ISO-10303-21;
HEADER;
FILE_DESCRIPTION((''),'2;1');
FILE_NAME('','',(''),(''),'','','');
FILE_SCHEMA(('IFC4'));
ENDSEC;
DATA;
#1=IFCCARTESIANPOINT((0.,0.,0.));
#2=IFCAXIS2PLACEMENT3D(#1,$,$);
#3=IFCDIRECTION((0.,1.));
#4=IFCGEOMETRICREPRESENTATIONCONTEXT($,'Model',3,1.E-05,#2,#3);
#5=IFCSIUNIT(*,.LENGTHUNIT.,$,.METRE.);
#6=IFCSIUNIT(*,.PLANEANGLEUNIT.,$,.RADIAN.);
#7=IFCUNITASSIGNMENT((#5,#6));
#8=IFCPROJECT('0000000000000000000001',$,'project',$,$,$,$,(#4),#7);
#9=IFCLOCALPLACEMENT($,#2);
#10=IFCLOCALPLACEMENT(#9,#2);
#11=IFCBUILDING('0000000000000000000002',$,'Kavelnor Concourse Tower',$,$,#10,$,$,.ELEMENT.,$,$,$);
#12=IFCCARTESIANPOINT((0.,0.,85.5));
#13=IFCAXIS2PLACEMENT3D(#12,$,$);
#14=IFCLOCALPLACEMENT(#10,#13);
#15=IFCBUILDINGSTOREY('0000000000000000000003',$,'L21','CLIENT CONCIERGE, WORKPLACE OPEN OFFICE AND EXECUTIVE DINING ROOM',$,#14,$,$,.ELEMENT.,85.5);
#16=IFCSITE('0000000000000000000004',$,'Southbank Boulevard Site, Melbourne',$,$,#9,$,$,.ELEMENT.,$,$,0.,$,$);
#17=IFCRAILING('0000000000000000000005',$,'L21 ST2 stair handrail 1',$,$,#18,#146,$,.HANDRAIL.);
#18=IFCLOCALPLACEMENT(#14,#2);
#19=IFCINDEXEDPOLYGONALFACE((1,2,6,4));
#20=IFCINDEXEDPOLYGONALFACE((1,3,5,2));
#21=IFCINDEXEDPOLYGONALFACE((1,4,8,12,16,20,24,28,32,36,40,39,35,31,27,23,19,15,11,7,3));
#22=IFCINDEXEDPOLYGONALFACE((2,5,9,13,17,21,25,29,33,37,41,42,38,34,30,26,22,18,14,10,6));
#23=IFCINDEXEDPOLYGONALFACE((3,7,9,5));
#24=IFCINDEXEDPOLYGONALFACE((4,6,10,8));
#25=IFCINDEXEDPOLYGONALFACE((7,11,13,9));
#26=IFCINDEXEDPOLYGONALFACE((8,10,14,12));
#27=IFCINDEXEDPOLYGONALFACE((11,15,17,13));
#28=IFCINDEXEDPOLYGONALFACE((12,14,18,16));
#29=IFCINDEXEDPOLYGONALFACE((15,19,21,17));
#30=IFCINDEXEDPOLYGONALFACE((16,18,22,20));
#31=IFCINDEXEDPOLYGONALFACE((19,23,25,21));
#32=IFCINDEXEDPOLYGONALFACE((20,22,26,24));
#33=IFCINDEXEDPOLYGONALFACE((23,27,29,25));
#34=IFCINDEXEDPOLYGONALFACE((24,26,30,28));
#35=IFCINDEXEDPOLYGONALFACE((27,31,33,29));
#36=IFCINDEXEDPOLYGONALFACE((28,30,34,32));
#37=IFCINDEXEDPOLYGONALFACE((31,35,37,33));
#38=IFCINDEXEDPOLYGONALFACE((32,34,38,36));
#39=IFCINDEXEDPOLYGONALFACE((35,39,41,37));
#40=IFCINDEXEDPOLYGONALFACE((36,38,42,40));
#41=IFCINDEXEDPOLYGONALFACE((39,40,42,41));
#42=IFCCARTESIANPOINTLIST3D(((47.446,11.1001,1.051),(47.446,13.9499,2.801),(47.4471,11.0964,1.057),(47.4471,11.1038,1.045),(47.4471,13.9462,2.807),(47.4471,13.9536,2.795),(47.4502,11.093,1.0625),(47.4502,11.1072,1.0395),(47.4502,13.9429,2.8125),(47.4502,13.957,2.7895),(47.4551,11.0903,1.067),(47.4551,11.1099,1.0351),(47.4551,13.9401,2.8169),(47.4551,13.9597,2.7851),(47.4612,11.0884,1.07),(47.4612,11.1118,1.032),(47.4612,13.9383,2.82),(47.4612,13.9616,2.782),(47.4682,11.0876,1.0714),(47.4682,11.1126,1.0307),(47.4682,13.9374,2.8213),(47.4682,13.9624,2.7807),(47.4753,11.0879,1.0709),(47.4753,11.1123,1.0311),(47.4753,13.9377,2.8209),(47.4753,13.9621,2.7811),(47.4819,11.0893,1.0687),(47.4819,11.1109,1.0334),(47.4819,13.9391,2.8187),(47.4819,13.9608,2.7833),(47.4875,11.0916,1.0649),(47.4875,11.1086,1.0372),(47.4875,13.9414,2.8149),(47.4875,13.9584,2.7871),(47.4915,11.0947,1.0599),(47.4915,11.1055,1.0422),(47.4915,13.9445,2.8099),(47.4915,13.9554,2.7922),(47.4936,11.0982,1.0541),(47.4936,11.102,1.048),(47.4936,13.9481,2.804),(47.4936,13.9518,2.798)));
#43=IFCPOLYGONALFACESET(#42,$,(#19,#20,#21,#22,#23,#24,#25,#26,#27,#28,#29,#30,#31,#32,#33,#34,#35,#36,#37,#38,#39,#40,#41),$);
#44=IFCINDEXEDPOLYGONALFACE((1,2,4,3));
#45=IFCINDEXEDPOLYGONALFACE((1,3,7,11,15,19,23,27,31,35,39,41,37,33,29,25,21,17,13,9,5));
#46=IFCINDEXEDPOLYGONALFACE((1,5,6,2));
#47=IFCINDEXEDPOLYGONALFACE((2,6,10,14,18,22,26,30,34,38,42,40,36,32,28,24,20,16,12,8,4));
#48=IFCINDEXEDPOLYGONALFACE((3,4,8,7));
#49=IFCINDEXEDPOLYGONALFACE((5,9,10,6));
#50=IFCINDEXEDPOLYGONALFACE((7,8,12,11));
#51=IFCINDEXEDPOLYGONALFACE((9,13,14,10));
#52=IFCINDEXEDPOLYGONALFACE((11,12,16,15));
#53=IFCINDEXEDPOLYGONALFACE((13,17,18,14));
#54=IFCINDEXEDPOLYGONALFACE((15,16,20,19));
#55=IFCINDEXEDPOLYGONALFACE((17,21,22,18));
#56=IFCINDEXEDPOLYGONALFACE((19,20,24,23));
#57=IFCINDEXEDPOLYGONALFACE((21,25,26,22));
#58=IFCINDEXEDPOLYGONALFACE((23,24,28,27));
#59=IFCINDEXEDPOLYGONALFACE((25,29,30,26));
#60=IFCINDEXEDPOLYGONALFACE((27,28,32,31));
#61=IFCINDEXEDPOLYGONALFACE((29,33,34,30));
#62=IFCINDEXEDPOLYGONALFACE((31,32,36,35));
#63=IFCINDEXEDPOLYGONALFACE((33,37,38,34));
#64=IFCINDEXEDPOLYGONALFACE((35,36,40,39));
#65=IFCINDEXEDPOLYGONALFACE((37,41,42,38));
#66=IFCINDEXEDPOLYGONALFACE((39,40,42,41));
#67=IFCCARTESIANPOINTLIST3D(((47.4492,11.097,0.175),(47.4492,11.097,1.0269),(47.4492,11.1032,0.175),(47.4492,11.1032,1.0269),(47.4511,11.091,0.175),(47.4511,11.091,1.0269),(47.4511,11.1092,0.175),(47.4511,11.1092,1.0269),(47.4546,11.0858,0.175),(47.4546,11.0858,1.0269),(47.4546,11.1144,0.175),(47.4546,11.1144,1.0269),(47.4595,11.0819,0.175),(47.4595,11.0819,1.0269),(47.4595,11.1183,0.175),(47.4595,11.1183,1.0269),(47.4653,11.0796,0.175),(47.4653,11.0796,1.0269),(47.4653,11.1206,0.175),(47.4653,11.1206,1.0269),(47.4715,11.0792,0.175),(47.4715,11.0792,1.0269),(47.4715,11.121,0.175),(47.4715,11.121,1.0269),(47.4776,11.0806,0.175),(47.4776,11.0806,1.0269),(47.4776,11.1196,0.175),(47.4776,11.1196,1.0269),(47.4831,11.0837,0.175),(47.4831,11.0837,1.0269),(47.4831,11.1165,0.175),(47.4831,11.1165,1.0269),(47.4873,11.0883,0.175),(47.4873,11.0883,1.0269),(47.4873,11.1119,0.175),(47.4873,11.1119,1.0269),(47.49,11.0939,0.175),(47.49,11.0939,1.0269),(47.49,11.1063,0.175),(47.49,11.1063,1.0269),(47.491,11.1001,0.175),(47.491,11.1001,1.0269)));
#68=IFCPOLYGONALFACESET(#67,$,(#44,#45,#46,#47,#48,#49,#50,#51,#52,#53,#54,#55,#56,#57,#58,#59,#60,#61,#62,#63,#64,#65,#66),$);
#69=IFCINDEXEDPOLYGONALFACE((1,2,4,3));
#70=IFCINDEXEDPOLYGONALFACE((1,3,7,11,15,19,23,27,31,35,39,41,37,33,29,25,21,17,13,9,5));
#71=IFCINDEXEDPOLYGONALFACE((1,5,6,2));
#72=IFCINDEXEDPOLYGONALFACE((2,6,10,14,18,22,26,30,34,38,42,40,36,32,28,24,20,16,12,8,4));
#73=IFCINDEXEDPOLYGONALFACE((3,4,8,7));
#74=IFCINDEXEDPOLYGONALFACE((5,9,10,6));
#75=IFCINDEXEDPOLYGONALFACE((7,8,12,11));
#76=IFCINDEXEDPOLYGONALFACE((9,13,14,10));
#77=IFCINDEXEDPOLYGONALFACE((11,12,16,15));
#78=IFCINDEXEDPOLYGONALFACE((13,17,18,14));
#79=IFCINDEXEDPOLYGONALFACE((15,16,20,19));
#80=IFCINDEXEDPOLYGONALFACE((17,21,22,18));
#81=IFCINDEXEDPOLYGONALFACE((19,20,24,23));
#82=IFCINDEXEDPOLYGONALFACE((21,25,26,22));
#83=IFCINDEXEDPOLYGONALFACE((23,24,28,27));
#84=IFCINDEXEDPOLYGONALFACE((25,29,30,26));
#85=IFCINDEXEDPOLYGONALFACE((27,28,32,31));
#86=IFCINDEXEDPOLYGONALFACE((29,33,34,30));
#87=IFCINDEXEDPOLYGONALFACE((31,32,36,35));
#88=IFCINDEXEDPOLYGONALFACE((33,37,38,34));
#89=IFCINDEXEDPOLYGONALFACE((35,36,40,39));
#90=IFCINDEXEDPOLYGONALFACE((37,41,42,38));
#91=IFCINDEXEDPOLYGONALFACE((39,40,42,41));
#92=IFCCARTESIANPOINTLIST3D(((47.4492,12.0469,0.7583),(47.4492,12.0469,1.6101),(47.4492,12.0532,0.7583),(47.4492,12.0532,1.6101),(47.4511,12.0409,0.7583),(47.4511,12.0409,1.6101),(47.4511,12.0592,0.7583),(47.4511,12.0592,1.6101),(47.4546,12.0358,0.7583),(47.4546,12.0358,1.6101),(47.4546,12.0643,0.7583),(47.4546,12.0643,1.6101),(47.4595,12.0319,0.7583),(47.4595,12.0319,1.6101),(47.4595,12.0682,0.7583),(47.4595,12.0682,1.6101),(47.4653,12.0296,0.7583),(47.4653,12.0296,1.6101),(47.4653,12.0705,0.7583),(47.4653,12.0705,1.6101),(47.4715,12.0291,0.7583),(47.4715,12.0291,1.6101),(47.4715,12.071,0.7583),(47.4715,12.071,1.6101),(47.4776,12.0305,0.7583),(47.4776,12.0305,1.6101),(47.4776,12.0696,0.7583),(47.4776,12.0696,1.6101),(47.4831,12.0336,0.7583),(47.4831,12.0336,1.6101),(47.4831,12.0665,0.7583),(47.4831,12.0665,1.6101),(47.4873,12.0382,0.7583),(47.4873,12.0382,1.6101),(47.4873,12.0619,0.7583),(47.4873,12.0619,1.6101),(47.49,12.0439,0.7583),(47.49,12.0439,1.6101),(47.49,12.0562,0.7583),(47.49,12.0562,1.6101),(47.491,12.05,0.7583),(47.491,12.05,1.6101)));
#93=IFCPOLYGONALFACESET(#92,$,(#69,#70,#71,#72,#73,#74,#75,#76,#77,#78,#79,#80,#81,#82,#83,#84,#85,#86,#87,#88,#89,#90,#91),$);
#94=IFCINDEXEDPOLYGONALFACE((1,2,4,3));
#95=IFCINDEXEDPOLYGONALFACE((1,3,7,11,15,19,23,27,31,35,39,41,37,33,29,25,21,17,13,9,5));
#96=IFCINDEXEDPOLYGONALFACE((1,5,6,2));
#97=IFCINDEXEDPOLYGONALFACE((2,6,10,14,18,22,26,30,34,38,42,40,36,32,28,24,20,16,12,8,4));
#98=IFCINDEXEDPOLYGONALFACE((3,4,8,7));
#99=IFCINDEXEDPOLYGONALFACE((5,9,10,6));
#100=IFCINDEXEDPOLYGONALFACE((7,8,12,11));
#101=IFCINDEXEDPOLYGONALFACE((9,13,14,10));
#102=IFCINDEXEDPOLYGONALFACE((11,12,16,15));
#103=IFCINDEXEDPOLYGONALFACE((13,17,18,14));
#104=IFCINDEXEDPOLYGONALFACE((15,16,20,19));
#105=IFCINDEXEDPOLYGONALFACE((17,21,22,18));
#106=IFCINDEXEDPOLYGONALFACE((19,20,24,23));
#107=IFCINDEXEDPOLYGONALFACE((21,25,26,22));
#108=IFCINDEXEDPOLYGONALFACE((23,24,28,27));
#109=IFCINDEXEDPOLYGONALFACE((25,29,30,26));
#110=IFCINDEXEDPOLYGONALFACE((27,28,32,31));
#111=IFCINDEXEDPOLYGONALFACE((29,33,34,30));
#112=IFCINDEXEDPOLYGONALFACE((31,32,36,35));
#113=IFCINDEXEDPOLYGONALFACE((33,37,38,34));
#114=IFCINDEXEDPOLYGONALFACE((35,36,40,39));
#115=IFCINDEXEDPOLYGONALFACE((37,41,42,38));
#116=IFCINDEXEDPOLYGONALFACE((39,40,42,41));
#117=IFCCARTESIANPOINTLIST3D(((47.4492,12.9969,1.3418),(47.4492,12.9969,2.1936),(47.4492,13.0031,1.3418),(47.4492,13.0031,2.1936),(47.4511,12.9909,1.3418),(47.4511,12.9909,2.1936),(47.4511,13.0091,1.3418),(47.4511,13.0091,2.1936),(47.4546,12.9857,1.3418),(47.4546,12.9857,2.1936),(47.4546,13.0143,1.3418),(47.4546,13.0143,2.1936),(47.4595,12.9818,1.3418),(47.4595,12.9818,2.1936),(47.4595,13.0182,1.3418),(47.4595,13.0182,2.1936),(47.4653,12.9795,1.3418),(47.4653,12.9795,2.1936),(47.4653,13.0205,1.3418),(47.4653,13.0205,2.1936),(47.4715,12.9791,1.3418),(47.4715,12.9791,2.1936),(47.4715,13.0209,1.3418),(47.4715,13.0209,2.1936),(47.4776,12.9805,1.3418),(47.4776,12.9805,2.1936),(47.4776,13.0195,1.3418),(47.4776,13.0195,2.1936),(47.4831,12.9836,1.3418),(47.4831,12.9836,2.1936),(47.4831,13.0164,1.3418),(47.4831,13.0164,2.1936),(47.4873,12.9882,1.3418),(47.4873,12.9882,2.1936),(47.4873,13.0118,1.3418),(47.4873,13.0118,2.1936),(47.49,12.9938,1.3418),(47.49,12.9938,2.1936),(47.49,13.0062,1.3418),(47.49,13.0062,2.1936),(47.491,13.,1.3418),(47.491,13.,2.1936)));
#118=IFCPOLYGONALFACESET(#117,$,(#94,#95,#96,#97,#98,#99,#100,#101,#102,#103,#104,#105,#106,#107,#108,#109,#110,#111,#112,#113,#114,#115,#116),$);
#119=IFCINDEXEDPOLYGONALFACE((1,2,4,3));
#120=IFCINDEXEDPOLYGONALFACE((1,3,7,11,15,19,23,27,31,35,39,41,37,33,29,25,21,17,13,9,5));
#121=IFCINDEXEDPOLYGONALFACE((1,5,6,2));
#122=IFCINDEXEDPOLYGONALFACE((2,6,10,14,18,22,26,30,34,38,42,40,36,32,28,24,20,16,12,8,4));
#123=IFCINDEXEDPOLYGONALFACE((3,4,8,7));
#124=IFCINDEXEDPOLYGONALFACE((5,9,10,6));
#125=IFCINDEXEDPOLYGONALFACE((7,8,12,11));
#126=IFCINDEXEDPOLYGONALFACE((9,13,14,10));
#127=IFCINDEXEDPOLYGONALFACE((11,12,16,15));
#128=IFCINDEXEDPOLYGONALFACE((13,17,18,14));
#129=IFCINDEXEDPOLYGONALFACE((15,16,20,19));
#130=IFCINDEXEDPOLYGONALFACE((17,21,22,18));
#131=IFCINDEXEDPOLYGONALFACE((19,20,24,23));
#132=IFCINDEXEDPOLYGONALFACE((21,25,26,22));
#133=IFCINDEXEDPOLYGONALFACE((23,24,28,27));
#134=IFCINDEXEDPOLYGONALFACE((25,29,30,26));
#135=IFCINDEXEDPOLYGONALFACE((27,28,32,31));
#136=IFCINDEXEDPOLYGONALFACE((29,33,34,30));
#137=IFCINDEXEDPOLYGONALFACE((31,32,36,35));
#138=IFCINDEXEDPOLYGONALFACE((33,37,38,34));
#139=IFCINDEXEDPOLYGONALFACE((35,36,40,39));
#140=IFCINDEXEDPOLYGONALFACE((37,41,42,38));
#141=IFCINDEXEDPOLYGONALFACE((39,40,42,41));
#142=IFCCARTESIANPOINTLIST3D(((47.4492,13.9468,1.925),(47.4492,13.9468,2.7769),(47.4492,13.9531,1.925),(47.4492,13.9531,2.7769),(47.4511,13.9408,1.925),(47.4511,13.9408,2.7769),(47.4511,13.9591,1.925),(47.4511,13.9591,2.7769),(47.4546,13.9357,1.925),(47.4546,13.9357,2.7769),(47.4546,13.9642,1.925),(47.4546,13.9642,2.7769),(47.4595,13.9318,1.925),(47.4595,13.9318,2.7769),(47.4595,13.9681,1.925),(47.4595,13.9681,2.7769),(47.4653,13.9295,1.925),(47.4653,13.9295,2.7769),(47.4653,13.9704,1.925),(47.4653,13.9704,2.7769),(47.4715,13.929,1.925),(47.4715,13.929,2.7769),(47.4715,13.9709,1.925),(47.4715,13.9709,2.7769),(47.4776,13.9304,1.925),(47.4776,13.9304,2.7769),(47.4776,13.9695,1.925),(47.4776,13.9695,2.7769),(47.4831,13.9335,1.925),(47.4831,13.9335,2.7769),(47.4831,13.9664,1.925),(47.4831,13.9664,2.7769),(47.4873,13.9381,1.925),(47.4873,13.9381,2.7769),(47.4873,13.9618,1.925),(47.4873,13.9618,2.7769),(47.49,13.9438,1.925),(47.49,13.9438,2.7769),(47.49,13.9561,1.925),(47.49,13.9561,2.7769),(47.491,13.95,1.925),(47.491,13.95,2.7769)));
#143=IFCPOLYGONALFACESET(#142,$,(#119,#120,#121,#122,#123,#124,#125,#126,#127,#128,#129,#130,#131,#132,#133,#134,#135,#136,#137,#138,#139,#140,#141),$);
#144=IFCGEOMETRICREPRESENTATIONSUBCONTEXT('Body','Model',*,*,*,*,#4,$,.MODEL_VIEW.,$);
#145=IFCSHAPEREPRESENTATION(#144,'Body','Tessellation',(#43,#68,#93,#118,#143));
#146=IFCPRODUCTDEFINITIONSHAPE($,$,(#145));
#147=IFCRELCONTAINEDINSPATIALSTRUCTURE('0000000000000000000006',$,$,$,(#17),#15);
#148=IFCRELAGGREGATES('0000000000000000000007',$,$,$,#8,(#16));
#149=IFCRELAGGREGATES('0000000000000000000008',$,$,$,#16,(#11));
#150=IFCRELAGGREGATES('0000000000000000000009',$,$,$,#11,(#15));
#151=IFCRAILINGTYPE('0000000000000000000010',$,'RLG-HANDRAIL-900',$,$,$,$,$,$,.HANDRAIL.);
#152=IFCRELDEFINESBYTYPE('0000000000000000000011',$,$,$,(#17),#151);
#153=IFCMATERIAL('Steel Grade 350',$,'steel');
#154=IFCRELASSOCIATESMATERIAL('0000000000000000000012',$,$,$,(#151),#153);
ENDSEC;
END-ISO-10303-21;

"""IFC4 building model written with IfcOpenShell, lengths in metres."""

from ifc_helpers import new_model, si_unit, direction, frame, origin, origin_2d, place, context, subcontext, project, spatial, circle, extrude, material, type_object, element, save


model = new_model("IFC4")

# Units and contexts
model_context = context("Model", 3, precision=1e-05, world=origin(), true_north=direction((0.0, 1.0)))
body_context = subcontext(model_context, "Body", "Model", "MODEL_VIEW")
ifc_project = project(units=[si_unit("LENGTHUNIT", "METRE"), si_unit("PLANEANGLEUNIT", "RADIAN")], contexts=[model_context])

# Site, building, storey
site_placement = place(None, origin())
site = spatial("IfcSite", under=ifc_project, at=site_placement, Name="Southbank Boulevard Site, Melbourne", CompositionType="ELEMENT", RefElevation=0.0)
building_placement = place(site_placement, origin())
building = spatial("IfcBuilding", under=site, at=building_placement, Name="Kavelnor Concourse Tower", CompositionType="ELEMENT")
storey_placement = place(building_placement, frame((0.0, 0.0, 85.5)))
storey = spatial("IfcBuildingStorey", under=building, at=storey_placement, Name="L21", Description="CLIENT CONCIERGE, WORKPLACE OPEN OFFICE AND EXECUTIVE DINING ROOM", CompositionType="ELEMENT", Elevation=85.5)

# Shared definitions
ifc_material_1 = material(Name="Steel Grade 350", Category="steel")

# Railing
railing_type_1 = type_object("IfcRailingType", Name="RLG-HANDRAIL-900", PredefinedType="HANDRAIL", material=ifc_material_1)
railing_1_placement = place(storey_placement, frame((47.47, 11.1001, 0.175)))
element("IfcRailing", 1, at=railing_1_placement, inside=storey, type_object=railing_type_1, Name="L21 ST2 stair handrail 1", PredefinedType="HANDRAIL", context=body_context, shape_type="SweptSolid", body=[
    extrude(circle(Radius=0.0239, at=origin_2d()), frame((0.0, 0.0, 0.876), z_axis=(0.0, 0.852159, 0.523283), x_axis=(-1.0, 0.0, 0.0)), (0.0, 0.0, 1.0), 3.3442),
    extrude(circle(Radius=0.021, at=origin_2d()), origin(), (0.0, 0.0, 1.0), 0.8518),
    extrude(circle(Radius=0.021, at=origin_2d()), frame((0.0, 0.95, 0.5833)), (0.0, 0.0, 1.0), 0.8518),
    extrude(circle(Radius=0.021, at=origin_2d()), frame((0.0, 1.8999, 1.1667)), (0.0, 0.0, 1.0), 0.8518),
    extrude(circle(Radius=0.021, at=origin_2d()), frame((0.0, 2.8499, 1.75)), (0.0, 0.0, 1.0), 0.8518),
])

save(model, "model.ifc")
